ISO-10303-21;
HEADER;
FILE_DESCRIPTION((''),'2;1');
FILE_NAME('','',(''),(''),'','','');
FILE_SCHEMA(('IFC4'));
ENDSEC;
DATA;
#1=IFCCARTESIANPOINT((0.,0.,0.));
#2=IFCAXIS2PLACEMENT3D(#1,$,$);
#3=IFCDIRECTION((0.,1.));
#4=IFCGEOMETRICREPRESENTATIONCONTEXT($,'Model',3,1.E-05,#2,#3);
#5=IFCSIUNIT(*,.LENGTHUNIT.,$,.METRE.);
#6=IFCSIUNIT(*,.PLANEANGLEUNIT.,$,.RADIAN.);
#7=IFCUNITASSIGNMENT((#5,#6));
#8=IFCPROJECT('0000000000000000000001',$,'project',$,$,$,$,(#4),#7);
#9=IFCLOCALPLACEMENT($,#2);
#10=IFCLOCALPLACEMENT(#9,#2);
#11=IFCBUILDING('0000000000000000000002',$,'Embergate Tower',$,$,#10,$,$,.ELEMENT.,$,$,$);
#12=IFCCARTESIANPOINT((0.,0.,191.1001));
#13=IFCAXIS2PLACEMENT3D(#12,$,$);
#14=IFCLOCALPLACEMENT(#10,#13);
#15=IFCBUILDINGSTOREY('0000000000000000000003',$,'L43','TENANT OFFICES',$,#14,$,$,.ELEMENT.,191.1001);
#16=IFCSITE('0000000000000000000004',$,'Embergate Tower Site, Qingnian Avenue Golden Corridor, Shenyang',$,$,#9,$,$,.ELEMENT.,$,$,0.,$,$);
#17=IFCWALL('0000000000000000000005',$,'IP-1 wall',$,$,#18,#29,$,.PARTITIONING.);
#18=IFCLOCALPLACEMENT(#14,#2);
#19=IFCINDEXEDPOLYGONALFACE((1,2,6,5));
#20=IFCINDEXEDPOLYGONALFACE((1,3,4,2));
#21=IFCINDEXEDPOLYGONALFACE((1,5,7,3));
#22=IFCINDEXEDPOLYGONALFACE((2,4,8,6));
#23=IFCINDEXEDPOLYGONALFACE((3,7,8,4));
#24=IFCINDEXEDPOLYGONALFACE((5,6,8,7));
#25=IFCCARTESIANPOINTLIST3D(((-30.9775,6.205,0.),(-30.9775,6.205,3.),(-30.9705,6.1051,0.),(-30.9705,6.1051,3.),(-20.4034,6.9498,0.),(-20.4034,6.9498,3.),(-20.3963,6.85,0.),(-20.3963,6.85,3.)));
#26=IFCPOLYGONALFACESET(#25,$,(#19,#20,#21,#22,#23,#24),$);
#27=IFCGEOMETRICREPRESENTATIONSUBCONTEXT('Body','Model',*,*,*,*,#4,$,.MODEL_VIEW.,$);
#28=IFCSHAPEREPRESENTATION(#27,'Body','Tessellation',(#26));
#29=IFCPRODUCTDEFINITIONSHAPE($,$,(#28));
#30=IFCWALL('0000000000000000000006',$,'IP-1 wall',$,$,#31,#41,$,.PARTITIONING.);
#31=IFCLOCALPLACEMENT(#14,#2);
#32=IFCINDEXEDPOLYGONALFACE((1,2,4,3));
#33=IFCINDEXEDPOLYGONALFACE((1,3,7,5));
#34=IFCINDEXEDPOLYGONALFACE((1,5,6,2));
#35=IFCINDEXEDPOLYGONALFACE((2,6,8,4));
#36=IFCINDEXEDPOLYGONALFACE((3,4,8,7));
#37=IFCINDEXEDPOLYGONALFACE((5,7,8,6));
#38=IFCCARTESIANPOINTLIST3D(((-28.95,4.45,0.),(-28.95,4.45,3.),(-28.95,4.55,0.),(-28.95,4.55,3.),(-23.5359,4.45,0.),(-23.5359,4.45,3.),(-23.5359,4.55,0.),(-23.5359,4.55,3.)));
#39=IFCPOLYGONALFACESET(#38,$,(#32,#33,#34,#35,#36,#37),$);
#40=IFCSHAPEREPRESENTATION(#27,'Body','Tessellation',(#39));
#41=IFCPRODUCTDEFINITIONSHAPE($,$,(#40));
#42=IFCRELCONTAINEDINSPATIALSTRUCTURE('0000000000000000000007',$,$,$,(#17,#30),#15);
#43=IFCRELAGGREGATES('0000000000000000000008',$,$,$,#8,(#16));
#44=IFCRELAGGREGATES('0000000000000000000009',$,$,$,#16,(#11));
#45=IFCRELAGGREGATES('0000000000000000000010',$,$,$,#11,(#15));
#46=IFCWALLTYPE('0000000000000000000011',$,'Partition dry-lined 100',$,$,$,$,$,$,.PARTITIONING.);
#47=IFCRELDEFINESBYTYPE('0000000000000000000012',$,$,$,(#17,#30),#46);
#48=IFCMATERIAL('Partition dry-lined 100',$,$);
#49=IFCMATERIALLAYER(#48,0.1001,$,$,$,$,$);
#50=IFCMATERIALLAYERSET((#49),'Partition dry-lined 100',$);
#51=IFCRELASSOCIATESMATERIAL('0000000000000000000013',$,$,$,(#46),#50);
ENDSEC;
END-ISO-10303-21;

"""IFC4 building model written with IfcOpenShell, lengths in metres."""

from ifc_helpers import new_model, si_unit, direction, frame, frame_2d, origin, place, context, subcontext, project, spatial, rectangle, extrude, source, transform, mapped, material, layer, layer_set, type_object, element, save


model = new_model("IFC4")

# Units and contexts
model_context = context("Model", 3, precision=1e-05, world=origin(), true_north=direction((0.0, 1.0)))
body_context = subcontext(model_context, "Body", "Model", "MODEL_VIEW")
ifc_project = project(units=[si_unit("LENGTHUNIT", "METRE"), si_unit("PLANEANGLEUNIT", "RADIAN")], contexts=[model_context])

# Site, building, storey
site_placement = place(None, origin())
site = spatial("IfcSite", under=ifc_project, at=site_placement, Name="Embergate Tower Site, Qingnian Avenue Golden Corridor, Shenyang", CompositionType="ELEMENT", RefElevation=0.0)
building_placement = place(site_placement, origin())
building = spatial("IfcBuilding", under=site, at=building_placement, Name="Embergate Tower", CompositionType="ELEMENT")
storey_placement = place(building_placement, frame((0.0, 0.0, 191.1001)))
storey = spatial("IfcBuildingStorey", under=building, at=storey_placement, Name="L43", Description="TENANT OFFICES", CompositionType="ELEMENT", Elevation=191.1001)

# Walls
ifc_material_1 = material(Name="Partition dry-lined 100")
ifc_layer_1 = layer(ifc_material_1, 0.1001)
ifc_layer_set_1 = layer_set([ifc_layer_1], Name="Partition dry-lined 100")
wall_type_1 = type_object("IfcWallType", Name="Partition dry-lined 100", PredefinedType="PARTITIONING", material=ifc_layer_set_1)
shared_shape_1 = source(origin(), body_context, "Body", "SweptSolid", [
    extrude(rectangle(XDim=10.6003, YDim=0.1001, at=frame_2d((5.3003, 0.0))), origin(), (0.0, 0.0, 1.0), 3.0),
])
wall_1_placement = place(storey_placement, frame((-30.9741, 6.155, 0.0), z_axis=(0.0, 0.0, 1.0), x_axis=(0.997528, 0.070268, 0.0)))
element("IfcWall", 1, at=wall_1_placement, inside=storey, type_object=wall_type_1, Name="IP-1 wall", PredefinedType="PARTITIONING", context=body_context, shape_type="MappedRepresentation", body=[
    mapped(shared_shape_1, transform((0.0, 0.0, 0.0))),
])
shared_shape_2 = source(origin(), body_context, "Body", "SweptSolid", [
    extrude(rectangle(XDim=5.4141, YDim=0.1001, at=frame_2d((2.707, 0.0))), origin(), (0.0, 0.0, 1.0), 3.0),
])
wall_2_placement = place(storey_placement, frame((-28.95, 4.5, 0.0), z_axis=(0.0, 0.0, 1.0), x_axis=(1.0, 0.0, 0.0)))
element("IfcWall", 2, at=wall_2_placement, inside=storey, type_object=wall_type_1, Name="IP-1 wall", PredefinedType="PARTITIONING", context=body_context, shape_type="MappedRepresentation", body=[
    mapped(shared_shape_2, transform((0.0, 0.0, 0.0))),
])

save(model, "model.ifc")
